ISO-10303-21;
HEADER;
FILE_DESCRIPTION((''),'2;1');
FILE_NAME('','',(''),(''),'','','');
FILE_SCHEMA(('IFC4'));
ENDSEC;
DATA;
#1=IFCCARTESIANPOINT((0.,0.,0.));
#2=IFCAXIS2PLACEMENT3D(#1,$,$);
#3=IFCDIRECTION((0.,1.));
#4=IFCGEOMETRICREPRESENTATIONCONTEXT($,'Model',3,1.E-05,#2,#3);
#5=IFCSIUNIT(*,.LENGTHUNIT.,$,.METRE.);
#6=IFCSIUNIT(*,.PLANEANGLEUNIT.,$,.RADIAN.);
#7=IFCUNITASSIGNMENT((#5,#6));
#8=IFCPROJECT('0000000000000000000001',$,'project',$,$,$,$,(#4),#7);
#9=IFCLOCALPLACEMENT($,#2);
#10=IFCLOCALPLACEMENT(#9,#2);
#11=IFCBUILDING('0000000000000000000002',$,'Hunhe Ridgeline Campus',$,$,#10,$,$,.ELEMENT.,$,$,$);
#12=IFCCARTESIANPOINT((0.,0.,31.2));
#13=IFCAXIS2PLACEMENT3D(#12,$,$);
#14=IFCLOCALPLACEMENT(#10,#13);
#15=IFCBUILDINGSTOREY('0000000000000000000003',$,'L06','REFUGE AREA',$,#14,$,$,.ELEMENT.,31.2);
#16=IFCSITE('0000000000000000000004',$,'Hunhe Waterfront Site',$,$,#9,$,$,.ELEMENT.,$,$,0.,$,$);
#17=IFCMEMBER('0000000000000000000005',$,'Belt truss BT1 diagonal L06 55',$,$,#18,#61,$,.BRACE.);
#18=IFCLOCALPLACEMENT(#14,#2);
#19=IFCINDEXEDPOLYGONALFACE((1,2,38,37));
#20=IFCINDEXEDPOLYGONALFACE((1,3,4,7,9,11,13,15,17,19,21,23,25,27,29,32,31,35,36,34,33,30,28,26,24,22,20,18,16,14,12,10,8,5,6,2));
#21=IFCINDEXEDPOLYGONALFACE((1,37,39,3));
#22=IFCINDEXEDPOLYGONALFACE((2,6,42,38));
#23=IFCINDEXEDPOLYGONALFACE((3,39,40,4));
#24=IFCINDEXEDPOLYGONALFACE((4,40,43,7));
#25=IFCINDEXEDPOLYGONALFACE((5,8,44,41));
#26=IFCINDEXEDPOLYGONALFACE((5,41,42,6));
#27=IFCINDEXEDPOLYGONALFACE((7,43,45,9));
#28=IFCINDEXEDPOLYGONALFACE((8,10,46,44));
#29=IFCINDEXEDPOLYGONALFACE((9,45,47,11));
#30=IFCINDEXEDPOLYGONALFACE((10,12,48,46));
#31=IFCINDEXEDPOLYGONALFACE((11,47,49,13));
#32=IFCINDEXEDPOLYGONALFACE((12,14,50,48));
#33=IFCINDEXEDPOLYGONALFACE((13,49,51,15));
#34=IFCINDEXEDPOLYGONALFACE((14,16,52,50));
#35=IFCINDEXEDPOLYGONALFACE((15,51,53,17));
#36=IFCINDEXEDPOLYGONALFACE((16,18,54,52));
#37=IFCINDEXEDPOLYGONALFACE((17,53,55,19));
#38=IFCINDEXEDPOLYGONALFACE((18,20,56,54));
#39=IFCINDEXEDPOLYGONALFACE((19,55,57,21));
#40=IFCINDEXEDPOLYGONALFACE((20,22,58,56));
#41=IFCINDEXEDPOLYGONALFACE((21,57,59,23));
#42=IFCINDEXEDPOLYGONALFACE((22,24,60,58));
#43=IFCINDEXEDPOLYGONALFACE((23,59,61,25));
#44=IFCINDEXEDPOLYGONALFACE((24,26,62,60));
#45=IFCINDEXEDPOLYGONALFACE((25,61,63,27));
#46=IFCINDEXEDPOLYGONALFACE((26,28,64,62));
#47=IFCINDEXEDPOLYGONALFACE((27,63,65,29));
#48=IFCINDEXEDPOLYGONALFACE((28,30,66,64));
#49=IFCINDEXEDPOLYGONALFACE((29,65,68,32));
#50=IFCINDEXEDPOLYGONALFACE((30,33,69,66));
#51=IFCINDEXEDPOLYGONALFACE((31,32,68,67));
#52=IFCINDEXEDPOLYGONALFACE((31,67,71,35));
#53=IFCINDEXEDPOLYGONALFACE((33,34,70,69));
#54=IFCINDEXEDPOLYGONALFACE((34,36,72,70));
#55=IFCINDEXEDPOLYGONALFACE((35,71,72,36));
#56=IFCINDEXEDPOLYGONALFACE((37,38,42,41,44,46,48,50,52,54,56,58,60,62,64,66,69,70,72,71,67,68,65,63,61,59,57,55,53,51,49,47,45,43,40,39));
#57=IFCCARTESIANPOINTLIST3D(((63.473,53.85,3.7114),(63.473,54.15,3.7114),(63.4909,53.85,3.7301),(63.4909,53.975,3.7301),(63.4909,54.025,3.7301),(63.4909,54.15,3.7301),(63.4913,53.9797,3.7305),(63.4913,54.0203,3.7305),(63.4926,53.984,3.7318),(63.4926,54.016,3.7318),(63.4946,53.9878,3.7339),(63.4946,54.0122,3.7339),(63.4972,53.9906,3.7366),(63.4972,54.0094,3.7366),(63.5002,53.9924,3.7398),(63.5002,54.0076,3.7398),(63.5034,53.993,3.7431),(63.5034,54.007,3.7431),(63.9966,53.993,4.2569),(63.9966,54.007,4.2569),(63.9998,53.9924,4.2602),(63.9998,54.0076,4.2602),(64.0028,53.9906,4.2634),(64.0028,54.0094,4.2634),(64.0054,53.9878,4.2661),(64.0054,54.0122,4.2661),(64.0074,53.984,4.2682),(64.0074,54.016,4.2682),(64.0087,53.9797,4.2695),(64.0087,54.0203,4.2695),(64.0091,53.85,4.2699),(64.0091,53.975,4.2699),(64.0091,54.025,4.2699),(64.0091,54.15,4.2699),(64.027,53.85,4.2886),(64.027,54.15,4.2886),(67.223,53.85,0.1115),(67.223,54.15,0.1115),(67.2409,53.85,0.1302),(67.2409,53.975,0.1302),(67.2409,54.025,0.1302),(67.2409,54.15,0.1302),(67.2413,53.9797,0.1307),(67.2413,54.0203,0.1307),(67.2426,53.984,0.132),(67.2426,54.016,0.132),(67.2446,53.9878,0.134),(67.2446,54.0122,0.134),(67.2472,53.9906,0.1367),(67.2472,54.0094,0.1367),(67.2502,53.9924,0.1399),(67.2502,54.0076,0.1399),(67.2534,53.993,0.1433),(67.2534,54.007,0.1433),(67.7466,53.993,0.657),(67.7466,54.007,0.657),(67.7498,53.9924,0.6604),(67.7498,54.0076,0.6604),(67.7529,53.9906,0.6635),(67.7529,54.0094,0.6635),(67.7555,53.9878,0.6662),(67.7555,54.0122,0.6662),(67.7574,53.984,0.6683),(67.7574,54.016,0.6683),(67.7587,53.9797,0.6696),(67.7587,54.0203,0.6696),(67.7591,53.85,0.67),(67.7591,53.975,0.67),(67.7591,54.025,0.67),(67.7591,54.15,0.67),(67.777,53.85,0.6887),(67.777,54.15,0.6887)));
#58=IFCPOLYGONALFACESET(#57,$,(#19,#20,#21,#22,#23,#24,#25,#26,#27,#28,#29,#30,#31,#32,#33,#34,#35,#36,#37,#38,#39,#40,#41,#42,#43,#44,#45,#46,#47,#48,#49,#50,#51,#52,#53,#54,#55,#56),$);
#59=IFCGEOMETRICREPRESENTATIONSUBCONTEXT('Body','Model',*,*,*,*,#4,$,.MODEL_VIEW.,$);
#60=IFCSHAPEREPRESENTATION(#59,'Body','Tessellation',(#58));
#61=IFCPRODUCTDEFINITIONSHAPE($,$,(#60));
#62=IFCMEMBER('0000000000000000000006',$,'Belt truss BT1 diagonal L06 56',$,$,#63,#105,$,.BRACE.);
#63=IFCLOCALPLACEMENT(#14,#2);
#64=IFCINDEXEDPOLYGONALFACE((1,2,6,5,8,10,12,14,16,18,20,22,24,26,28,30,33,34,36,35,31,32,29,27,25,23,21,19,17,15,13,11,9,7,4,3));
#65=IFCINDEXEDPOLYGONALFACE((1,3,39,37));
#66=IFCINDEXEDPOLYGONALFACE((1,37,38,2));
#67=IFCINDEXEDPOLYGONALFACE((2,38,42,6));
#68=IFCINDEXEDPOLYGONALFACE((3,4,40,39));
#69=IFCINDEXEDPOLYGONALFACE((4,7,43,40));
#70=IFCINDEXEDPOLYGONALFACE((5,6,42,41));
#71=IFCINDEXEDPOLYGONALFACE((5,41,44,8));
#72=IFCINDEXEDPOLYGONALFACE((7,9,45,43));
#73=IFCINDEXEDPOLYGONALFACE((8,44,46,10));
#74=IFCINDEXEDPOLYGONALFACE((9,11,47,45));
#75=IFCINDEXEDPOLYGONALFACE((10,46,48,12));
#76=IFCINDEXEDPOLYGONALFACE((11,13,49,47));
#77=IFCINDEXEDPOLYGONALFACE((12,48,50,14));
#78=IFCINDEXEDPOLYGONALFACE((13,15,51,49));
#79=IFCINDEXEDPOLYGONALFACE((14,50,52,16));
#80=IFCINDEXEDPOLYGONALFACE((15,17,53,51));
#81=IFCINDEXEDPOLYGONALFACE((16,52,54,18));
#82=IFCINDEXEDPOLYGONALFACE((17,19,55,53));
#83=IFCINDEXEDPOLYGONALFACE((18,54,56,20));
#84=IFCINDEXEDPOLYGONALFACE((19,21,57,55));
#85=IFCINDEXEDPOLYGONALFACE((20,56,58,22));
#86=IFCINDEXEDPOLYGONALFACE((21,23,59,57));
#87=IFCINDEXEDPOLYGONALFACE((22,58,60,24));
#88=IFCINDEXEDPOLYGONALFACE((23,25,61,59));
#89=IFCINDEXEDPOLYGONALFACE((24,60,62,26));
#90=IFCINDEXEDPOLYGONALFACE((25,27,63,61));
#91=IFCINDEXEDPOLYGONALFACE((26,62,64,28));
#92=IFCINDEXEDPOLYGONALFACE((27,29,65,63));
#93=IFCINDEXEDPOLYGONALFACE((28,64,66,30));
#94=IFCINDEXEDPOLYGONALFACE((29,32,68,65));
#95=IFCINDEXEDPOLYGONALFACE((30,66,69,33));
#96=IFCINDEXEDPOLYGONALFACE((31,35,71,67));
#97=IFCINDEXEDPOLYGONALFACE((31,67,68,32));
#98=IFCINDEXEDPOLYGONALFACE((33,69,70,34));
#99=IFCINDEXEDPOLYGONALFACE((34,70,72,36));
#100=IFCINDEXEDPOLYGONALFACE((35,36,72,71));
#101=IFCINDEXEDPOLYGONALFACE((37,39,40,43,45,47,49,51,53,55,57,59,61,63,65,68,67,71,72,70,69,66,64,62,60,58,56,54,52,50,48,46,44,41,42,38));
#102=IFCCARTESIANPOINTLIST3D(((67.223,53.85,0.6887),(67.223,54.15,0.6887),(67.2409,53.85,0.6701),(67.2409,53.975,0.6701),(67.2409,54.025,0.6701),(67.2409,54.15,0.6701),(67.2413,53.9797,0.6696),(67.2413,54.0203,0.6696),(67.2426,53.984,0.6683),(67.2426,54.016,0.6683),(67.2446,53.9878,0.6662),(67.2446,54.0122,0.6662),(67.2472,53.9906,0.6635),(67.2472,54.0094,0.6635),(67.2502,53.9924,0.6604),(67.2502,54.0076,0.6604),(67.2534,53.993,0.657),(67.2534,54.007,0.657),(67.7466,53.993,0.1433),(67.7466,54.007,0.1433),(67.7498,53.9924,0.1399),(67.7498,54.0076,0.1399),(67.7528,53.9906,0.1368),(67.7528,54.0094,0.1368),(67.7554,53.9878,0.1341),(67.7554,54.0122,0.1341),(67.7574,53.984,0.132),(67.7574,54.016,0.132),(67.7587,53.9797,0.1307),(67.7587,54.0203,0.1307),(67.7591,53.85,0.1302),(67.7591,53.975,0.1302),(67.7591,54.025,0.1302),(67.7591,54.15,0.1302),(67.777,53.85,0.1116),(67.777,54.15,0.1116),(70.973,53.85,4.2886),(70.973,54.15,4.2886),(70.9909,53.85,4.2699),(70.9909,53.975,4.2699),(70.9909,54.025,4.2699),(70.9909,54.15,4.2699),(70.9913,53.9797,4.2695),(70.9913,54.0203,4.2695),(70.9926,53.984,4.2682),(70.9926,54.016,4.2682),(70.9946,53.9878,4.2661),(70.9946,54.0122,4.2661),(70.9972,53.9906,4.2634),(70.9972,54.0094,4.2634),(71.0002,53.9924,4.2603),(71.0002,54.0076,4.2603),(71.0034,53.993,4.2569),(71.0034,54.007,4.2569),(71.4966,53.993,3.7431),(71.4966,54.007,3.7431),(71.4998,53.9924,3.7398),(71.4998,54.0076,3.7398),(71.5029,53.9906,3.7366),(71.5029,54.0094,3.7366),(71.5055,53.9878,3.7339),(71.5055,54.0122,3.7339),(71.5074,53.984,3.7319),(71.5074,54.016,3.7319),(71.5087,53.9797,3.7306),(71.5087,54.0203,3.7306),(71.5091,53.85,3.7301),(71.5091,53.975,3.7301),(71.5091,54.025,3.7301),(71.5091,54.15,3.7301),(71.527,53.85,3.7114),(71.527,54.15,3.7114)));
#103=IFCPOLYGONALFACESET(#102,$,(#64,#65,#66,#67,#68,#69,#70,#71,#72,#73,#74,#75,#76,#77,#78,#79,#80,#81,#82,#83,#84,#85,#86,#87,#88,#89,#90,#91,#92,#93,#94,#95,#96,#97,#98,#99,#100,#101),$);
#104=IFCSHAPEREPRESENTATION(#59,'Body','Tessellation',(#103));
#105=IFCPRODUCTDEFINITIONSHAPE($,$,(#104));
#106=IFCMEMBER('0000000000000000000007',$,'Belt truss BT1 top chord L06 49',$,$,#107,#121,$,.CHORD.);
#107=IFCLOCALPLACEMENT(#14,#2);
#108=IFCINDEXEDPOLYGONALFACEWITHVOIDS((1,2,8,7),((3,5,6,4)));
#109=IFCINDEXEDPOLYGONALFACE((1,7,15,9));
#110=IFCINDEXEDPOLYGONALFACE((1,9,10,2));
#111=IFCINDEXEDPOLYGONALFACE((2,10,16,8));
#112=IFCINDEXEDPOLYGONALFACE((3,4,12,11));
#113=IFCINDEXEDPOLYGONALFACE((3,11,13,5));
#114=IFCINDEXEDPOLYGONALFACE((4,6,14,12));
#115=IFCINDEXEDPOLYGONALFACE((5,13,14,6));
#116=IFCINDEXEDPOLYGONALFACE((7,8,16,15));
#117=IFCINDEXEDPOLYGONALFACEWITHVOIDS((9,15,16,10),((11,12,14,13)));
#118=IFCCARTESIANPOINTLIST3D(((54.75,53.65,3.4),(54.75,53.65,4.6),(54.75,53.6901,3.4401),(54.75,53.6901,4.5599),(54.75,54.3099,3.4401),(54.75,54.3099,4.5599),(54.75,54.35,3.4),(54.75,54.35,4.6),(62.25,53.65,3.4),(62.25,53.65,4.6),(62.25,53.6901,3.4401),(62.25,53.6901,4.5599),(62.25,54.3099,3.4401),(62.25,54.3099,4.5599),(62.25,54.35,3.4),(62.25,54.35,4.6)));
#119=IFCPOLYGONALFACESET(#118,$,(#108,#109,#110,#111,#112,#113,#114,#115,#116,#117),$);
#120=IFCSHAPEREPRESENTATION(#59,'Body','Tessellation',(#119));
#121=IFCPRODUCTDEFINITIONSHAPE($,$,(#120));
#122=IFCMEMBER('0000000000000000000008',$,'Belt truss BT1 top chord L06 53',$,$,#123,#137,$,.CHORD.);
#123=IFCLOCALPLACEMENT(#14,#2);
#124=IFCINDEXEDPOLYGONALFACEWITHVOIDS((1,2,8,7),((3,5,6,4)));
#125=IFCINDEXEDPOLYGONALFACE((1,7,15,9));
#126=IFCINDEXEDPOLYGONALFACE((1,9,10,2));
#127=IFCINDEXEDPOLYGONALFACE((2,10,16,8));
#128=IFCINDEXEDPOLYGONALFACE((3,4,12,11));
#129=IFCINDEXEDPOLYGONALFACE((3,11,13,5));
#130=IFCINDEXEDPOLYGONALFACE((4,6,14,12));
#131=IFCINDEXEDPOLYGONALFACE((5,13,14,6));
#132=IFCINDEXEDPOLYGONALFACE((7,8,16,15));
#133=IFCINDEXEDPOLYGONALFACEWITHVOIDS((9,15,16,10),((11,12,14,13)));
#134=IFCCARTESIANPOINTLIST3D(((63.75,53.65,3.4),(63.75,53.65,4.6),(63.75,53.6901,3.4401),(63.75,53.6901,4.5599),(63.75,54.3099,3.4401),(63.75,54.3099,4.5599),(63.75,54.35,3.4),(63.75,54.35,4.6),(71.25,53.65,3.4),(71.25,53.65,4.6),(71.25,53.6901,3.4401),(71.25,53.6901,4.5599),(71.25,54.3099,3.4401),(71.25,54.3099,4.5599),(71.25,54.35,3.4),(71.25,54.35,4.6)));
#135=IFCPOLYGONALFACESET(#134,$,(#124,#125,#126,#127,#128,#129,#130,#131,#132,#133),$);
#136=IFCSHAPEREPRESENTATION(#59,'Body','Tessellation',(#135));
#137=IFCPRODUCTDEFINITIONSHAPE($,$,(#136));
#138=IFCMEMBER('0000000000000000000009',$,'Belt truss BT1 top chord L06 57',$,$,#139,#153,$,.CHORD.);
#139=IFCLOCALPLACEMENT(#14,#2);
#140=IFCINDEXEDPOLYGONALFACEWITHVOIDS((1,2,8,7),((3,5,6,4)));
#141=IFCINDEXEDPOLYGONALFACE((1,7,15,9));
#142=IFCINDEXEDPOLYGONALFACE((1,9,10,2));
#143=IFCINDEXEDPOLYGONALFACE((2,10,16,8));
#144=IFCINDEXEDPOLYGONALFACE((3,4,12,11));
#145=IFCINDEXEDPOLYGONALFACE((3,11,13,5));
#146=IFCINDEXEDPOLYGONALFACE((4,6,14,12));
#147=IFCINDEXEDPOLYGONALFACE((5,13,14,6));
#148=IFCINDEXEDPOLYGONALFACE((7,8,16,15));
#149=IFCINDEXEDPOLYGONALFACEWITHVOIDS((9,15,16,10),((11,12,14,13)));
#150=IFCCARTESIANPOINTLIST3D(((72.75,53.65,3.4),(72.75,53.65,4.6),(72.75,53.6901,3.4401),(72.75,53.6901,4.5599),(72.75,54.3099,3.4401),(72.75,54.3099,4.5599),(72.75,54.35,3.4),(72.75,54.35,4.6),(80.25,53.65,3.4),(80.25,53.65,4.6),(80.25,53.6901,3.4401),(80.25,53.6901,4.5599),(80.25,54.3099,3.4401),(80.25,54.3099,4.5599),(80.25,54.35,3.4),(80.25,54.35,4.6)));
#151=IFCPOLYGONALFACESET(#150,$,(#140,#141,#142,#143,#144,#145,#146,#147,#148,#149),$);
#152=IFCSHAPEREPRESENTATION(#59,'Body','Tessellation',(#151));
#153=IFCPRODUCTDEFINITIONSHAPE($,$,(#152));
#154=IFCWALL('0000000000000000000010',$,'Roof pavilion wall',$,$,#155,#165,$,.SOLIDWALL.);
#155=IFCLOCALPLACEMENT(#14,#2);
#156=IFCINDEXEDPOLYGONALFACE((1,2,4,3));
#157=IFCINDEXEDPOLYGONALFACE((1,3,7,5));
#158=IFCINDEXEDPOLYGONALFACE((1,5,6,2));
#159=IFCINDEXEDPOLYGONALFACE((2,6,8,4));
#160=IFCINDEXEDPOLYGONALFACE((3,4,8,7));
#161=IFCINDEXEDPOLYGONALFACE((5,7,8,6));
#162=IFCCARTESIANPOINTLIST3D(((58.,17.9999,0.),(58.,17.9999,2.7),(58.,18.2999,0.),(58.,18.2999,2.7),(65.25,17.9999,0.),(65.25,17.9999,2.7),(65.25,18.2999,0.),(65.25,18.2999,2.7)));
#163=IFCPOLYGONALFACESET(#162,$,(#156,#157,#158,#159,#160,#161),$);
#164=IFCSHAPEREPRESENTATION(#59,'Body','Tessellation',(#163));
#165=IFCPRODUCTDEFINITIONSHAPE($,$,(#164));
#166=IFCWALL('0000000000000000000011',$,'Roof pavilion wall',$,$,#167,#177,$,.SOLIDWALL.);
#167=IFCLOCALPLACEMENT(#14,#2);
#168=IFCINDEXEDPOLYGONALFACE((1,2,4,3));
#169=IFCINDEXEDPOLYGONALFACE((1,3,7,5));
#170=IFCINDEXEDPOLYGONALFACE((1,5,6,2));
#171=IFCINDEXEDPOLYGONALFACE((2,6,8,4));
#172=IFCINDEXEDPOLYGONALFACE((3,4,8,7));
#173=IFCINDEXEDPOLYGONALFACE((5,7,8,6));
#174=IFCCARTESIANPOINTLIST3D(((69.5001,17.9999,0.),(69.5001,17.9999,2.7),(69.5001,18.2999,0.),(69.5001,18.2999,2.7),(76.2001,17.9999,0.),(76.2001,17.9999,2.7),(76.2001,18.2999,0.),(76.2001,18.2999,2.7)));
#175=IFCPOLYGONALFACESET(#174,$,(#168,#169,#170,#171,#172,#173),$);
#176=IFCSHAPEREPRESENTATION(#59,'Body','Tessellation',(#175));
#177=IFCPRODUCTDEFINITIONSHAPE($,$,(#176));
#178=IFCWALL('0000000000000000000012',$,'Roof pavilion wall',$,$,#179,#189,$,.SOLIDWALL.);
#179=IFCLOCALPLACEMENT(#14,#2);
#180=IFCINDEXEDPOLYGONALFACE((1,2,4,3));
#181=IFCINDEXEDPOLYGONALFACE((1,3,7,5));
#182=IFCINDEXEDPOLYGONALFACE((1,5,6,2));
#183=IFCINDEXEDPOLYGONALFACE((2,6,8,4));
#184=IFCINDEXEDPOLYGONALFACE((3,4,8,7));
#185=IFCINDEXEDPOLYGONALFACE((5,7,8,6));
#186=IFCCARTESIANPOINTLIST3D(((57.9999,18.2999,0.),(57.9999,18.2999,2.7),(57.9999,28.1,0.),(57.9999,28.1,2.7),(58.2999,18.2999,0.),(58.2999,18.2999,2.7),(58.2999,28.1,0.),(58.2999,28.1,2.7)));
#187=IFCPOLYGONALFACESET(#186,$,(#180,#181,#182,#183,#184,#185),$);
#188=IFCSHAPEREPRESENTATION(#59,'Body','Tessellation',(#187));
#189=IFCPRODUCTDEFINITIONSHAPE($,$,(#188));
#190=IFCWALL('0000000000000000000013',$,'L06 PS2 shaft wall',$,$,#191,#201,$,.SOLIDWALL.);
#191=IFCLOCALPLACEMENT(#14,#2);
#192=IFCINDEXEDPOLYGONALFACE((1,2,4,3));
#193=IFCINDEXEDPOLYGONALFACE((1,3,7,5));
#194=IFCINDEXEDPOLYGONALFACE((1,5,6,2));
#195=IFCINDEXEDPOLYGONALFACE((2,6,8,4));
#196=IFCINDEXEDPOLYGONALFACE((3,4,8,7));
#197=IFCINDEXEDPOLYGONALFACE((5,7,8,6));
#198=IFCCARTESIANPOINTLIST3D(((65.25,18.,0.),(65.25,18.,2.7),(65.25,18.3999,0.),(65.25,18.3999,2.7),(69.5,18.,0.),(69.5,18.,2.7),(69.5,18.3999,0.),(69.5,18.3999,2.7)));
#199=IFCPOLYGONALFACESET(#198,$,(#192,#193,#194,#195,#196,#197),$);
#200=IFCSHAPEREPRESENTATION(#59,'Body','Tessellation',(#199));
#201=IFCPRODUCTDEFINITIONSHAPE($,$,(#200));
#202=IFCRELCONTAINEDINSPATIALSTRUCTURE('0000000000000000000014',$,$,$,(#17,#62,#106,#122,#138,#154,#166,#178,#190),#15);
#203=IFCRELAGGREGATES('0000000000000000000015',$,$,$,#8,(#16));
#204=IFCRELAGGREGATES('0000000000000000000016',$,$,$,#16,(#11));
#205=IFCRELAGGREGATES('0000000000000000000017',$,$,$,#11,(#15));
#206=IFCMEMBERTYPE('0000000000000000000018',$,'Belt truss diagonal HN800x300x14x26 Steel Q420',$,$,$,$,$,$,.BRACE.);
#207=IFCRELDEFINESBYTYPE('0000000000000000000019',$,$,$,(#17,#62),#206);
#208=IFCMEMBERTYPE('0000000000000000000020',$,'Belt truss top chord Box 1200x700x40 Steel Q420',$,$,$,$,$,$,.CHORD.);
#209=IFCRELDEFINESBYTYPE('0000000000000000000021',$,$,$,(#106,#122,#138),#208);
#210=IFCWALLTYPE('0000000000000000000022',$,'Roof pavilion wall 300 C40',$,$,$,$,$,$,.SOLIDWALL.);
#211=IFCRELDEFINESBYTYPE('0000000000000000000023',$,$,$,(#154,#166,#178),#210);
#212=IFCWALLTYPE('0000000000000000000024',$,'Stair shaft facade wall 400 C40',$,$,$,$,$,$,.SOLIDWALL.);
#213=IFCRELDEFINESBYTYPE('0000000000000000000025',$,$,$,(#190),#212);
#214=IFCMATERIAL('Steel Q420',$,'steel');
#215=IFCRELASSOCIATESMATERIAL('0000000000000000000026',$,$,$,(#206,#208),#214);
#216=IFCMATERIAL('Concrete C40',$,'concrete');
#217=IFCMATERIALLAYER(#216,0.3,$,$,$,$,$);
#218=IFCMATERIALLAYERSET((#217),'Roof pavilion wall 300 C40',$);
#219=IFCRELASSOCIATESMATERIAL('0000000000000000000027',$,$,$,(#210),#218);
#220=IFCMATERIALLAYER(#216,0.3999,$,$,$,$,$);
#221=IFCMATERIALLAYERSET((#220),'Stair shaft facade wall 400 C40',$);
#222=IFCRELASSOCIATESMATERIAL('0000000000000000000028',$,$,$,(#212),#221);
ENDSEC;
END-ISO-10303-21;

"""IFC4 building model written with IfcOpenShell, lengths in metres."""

from ifc_helpers import new_model, si_unit, direction, frame, frame_2d, origin, origin_2d, place, context, subcontext, project, spatial, rectangle, hollow_rectangle, i_section, extrude, material, layer, layer_set, material_profile, profile_set, type_object, element, save


model = new_model("IFC4")

# Units and contexts
model_context = context("Model", 3, precision=1e-05, world=origin(), true_north=direction((0.0, 1.0)))
body_context = subcontext(model_context, "Body", "Model", "MODEL_VIEW")
ifc_project = project(units=[si_unit("LENGTHUNIT", "METRE"), si_unit("PLANEANGLEUNIT", "RADIAN")], contexts=[model_context])

# Site, building, storey
site_placement = place(None, origin())
site = spatial("IfcSite", under=ifc_project, at=site_placement, Name="Hunhe Waterfront Site", CompositionType="ELEMENT", RefElevation=0.0)
building_placement = place(site_placement, origin())
building = spatial("IfcBuilding", under=site, at=building_placement, Name="Hunhe Ridgeline Campus", CompositionType="ELEMENT")
storey_placement = place(building_placement, frame((0.0, 0.0, 31.2)))
storey = spatial("IfcBuildingStorey", under=building, at=storey_placement, Name="L06", Description="REFUGE AREA", CompositionType="ELEMENT", Elevation=31.2)

# Members
ifc_material_1 = material(Name="Steel Q420", Category="steel")
ifc_material_profile_1 = material_profile(ifc_material_1, i_section(OverallWidth=0.3, OverallDepth=0.8, WebThickness=0.0139, FlangeThickness=0.0259, FilletRadius=0.0181, at=origin_2d()))
ifc_profile_set_1 = profile_set([ifc_material_profile_1], Name="Steel Q420")
member_type_1 = type_object("IfcMemberType", Name="Belt truss diagonal HN800x300x14x26 Steel Q420", PredefinedType="BRACE", material=ifc_profile_set_1)
for number, where, z_axis, x_axis, name in (
    (1, (63.75, 54.0, 4.0), (0.721401, 0.0, -0.692517), (0.0, 1.0, 0.0), "Belt truss BT1 diagonal L06 55"),
    (2, (67.5, 54.0, 0.4001), (0.721401, 0.0, 0.692517), (0.0, 1.0, 0.0), "Belt truss BT1 diagonal L06 56"),
):
    element("IfcMember", number, at=place(storey_placement, frame(where, z_axis=z_axis, x_axis=x_axis)), inside=storey, type_object=member_type_1, Name=name, PredefinedType="BRACE", context=body_context, shape_type="SweptSolid", body=[
        extrude(i_section(OverallWidth=0.3, OverallDepth=0.8, WebThickness=0.0139, FlangeThickness=0.0259, FilletRadius=0.0181, at=origin_2d()), origin(), (0.0, 0.0, 1.0), 5.1982),
    ])
ifc_material_profile_2 = material_profile(ifc_material_1, hollow_rectangle(XDim=0.7, YDim=1.2, WallThickness=0.04, at=origin_2d()))
ifc_profile_set_2 = profile_set([ifc_material_profile_2], Name="Steel Q420")
member_type_2 = type_object("IfcMemberType", Name="Belt truss top chord Box 1200x700x40 Steel Q420", PredefinedType="CHORD", material=ifc_profile_set_2)
for number, where, z_axis, x_axis, name in (
    (3, (54.75, 54.0, 4.0), (1.0, 0.0, 0.0), (0.0, 1.0, 0.0), "Belt truss BT1 top chord L06 49"),
    (4, (63.75, 54.0, 4.0), (1.0, 0.0, 0.0), (0.0, 1.0, 0.0), "Belt truss BT1 top chord L06 53"),
    (5, (72.75, 54.0, 4.0), (1.0, 0.0, 0.0), (0.0, 1.0, 0.0), "Belt truss BT1 top chord L06 57"),
):
    element("IfcMember", number, at=place(storey_placement, frame(where, z_axis=z_axis, x_axis=x_axis)), inside=storey, type_object=member_type_2, Name=name, PredefinedType="CHORD", context=body_context, shape_type="SweptSolid", body=[
        extrude(hollow_rectangle(XDim=0.7, YDim=1.2, WallThickness=0.04, at=origin_2d()), origin(), (0.0, 0.0, 1.0), 7.5),
    ])

# Walls
ifc_material_2 = material(Name="Concrete C40", Category="concrete")
ifc_layer_1 = layer(ifc_material_2, 0.3)
ifc_layer_set_1 = layer_set([ifc_layer_1], Name="Roof pavilion wall 300 C40")
wall_type_1 = type_object("IfcWallType", Name="Roof pavilion wall 300 C40", PredefinedType="SOLIDWALL", material=ifc_layer_set_1)
wall_1_placement = place(storey_placement, frame((58.0, 18.1499, 0.0), z_axis=(0.0, 0.0, 1.0), x_axis=(1.0, 0.0, 0.0)))
element("IfcWall", 6, at=wall_1_placement, inside=storey, type_object=wall_type_1, Name="Roof pavilion wall", PredefinedType="SOLIDWALL", context=body_context, shape_type="SweptSolid", body=[
    extrude(rectangle(XDim=7.25, YDim=0.3, at=frame_2d((3.625, 0.0))), origin(), (0.0, 0.0, 1.0), 2.7),
])
wall_2_placement = place(storey_placement, frame((69.5, 18.1499, 0.0), z_axis=(0.0, 0.0, 1.0), x_axis=(1.0, 0.0, 0.0)))
element("IfcWall", 7, at=wall_2_placement, inside=storey, type_object=wall_type_1, Name="Roof pavilion wall", PredefinedType="SOLIDWALL", context=body_context, shape_type="SweptSolid", body=[
    extrude(rectangle(XDim=6.7, YDim=0.3, at=frame_2d((3.3501, 0.0))), origin(), (0.0, 0.0, 1.0), 2.7),
])
wall_3_placement = place(storey_placement, frame((58.1499, 18.3, 0.0), z_axis=(0.0, 0.0, 1.0), x_axis=(0.0, 1.0, 0.0)))
element("IfcWall", 8, at=wall_3_placement, inside=storey, type_object=wall_type_1, Name="Roof pavilion wall", PredefinedType="SOLIDWALL", context=body_context, shape_type="SweptSolid", body=[
    extrude(rectangle(XDim=9.8, YDim=0.3, at=frame_2d((4.8999, 0.0))), origin(), (0.0, 0.0, 1.0), 2.7),
])
ifc_layer_2 = layer(ifc_material_2, 0.3999)
ifc_layer_set_2 = layer_set([ifc_layer_2], Name="Stair shaft facade wall 400 C40")
wall_type_2 = type_object("IfcWallType", Name="Stair shaft facade wall 400 C40", PredefinedType="SOLIDWALL", material=ifc_layer_set_2)
wall_4_placement = place(storey_placement, frame((65.25, 18.2, 0.0), z_axis=(0.0, 0.0, 1.0), x_axis=(1.0, 0.0, 0.0)))
element("IfcWall", 9, at=wall_4_placement, inside=storey, type_object=wall_type_2, Name="L06 PS2 shaft wall", PredefinedType="SOLIDWALL", context=body_context, shape_type="SweptSolid", body=[
    extrude(rectangle(XDim=4.25, YDim=0.3999, at=frame_2d((2.125, 0.0))), origin(), (0.0, 0.0, 1.0), 2.7),
])

save(model, "model.ifc")
